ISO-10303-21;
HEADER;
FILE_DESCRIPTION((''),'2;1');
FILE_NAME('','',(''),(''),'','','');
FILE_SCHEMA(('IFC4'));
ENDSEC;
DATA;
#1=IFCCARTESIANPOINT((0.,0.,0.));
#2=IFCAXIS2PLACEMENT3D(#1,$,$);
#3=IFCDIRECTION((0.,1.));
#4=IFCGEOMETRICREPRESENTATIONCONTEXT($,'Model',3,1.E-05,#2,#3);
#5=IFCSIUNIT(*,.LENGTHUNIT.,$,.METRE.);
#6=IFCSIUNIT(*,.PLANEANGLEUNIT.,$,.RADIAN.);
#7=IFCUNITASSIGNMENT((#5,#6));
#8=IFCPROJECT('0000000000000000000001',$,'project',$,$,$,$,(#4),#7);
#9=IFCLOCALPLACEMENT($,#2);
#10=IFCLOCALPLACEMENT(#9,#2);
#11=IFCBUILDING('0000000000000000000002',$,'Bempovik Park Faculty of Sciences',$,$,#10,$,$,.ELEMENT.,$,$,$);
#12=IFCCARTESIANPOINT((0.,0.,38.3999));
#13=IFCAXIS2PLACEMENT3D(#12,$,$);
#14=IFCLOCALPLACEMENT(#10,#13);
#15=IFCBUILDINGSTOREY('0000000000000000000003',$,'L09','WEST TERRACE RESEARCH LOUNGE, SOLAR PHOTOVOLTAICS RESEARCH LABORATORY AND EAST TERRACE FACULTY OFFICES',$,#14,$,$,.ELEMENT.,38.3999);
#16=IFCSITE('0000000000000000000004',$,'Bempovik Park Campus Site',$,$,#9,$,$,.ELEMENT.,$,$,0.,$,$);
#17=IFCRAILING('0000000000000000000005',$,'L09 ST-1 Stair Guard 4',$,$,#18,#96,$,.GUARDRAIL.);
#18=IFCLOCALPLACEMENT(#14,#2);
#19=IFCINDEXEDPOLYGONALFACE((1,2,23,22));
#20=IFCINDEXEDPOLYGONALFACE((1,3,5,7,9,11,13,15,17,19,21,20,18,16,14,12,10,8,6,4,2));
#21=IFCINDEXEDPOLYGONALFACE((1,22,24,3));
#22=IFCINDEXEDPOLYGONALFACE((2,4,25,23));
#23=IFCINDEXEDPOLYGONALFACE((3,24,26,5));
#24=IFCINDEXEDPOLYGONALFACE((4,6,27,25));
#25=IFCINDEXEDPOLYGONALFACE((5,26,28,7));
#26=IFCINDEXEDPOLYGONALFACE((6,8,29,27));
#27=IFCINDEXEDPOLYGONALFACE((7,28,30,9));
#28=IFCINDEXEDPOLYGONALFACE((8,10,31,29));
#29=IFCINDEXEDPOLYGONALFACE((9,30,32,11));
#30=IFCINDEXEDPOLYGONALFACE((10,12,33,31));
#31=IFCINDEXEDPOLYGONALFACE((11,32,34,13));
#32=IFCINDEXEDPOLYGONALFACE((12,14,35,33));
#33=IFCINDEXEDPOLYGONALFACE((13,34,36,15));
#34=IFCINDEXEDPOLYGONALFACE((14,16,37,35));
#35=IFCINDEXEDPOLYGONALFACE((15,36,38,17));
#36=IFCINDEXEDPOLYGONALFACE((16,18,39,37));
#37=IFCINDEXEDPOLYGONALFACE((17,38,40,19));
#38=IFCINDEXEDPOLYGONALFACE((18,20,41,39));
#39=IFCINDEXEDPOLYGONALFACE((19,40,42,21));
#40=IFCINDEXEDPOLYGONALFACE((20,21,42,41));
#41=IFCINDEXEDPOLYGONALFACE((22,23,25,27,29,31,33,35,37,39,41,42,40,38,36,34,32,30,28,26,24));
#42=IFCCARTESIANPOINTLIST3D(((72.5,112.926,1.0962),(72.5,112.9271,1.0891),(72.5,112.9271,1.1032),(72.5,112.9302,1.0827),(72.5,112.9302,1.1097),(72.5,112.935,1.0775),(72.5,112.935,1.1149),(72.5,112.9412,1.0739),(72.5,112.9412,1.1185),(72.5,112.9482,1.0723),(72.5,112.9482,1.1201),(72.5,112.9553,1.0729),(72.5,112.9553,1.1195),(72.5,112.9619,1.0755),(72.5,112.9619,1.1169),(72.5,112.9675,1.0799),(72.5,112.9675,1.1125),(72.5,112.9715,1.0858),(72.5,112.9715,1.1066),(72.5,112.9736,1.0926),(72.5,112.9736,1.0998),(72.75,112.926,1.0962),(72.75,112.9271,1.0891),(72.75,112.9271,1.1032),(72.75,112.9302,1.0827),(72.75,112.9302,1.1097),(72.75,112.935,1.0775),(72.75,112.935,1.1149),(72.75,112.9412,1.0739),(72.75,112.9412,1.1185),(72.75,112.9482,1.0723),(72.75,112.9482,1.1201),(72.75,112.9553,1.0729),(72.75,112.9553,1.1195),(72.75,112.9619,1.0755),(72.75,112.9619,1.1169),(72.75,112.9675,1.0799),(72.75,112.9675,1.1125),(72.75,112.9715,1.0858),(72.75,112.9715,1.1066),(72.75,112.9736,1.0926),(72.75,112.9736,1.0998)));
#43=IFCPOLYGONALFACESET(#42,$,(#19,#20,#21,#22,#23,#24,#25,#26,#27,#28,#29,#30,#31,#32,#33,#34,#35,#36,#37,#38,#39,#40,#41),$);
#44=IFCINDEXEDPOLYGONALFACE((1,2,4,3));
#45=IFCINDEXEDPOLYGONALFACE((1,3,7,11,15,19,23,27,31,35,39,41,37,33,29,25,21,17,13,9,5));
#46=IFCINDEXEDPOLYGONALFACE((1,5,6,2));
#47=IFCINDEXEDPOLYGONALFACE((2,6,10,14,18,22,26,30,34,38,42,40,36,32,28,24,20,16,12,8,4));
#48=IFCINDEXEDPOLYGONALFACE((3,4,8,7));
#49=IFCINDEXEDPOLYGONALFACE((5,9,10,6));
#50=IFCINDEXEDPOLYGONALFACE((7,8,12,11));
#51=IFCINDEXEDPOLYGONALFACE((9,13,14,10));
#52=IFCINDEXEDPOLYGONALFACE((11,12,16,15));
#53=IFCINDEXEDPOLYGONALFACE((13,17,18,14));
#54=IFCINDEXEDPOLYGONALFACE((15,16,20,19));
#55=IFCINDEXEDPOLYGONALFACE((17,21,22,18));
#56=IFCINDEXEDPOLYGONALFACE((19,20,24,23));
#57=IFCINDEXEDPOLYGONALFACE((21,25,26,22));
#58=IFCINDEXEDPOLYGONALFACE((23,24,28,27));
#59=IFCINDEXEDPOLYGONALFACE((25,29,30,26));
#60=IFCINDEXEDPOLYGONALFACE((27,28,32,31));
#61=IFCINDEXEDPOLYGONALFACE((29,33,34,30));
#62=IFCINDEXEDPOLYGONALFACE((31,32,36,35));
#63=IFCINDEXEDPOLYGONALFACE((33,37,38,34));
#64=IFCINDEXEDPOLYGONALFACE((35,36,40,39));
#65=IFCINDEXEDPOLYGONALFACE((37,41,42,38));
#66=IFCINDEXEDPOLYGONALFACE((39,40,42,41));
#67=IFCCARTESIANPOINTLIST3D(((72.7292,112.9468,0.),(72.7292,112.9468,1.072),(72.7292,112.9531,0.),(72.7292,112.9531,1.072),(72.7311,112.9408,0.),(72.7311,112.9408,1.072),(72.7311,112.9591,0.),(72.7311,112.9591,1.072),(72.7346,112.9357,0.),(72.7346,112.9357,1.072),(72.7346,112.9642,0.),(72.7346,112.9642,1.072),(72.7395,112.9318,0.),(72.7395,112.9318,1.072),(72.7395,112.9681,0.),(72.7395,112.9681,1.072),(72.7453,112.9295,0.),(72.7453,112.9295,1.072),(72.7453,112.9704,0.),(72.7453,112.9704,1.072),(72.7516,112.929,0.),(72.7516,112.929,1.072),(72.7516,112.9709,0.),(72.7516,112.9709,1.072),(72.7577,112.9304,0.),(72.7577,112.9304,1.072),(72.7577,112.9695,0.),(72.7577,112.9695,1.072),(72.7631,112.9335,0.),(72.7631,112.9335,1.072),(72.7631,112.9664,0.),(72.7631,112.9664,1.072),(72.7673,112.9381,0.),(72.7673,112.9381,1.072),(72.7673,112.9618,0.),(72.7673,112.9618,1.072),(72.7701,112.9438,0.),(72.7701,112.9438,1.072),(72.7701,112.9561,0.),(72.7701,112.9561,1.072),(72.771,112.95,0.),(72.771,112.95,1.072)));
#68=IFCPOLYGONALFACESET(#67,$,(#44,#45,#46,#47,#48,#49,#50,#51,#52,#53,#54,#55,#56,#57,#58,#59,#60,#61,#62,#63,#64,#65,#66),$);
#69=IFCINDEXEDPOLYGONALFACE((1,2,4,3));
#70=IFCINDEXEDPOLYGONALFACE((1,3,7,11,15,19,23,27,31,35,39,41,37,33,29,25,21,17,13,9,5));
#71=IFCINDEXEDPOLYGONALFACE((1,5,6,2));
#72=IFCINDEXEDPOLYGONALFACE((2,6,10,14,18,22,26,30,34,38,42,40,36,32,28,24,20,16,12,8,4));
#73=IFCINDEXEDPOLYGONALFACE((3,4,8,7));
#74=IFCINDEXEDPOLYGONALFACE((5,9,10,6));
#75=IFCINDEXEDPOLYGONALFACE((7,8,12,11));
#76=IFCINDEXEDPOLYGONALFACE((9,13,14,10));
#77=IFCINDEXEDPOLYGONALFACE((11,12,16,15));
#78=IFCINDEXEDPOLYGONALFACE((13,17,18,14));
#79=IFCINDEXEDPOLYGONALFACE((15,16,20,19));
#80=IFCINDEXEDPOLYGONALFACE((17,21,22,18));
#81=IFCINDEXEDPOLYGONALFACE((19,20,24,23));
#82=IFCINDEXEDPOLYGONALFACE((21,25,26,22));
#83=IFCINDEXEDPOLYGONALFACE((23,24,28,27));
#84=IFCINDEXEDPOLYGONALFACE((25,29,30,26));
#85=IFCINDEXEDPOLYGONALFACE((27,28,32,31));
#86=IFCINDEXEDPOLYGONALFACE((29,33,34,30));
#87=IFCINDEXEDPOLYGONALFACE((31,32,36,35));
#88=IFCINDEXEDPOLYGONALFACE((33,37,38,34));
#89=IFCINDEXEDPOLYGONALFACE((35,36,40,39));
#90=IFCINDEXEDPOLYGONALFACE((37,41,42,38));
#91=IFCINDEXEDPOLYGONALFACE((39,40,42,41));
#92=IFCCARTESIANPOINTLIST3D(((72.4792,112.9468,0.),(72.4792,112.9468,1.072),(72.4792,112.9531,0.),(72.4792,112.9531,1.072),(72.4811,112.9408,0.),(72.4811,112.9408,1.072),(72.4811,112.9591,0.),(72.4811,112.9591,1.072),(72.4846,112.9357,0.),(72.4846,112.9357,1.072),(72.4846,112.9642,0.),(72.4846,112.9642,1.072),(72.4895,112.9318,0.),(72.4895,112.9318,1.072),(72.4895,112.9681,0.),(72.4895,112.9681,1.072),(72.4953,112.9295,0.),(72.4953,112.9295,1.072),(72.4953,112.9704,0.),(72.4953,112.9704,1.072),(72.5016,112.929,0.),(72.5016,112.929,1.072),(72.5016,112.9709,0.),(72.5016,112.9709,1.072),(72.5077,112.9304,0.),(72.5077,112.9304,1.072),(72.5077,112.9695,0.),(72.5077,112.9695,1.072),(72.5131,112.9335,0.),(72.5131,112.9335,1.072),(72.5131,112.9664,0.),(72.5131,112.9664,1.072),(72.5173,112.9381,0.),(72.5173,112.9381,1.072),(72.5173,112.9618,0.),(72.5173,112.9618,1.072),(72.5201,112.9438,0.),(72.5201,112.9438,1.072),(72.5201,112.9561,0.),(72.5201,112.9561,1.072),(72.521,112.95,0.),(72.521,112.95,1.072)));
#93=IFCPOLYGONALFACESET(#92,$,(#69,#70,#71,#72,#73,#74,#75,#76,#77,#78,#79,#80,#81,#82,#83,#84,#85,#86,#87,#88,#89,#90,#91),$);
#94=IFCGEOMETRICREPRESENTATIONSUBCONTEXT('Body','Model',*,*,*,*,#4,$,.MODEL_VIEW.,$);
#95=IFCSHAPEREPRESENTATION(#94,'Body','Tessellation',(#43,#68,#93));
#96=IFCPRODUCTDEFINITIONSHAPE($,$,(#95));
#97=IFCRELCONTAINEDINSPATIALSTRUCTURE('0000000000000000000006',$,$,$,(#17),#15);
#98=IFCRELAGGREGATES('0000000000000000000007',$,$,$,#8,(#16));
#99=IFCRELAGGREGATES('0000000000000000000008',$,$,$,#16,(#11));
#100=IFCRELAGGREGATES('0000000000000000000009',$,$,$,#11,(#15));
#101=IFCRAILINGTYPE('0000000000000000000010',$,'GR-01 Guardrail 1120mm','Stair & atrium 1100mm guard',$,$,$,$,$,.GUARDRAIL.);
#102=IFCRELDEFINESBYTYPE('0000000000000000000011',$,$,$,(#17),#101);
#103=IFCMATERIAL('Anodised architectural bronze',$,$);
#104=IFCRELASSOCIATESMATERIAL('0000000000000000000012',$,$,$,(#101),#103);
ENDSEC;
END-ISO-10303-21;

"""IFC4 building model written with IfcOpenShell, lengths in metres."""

from ifc_helpers import new_model, si_unit, direction, frame, origin, origin_2d, place, context, subcontext, project, spatial, circle, extrude, material, type_object, element, save


model = new_model("IFC4")

# Units and contexts
model_context = context("Model", 3, precision=1e-05, world=origin(), true_north=direction((0.0, 1.0)))
body_context = subcontext(model_context, "Body", "Model", "MODEL_VIEW")
ifc_project = project(units=[si_unit("LENGTHUNIT", "METRE"), si_unit("PLANEANGLEUNIT", "RADIAN")], contexts=[model_context])

# Site, building, storey
site_placement = place(None, origin())
site = spatial("IfcSite", under=ifc_project, at=site_placement, Name="Bempovik Park Campus Site", CompositionType="ELEMENT", RefElevation=0.0)
building_placement = place(site_placement, origin())
building = spatial("IfcBuilding", under=site, at=building_placement, Name="Bempovik Park Faculty of Sciences", CompositionType="ELEMENT")
storey_placement = place(building_placement, frame((0.0, 0.0, 38.3999)))
storey = spatial("IfcBuildingStorey", under=building, at=storey_placement, Name="L09", Description="WEST TERRACE RESEARCH LOUNGE, SOLAR PHOTOVOLTAICS RESEARCH LABORATORY AND EAST TERRACE FACULTY OFFICES", CompositionType="ELEMENT", Elevation=38.3999)

# Railing
ifc_material_1 = material(Name="Anodised architectural bronze")
railing_type_1 = type_object("IfcRailingType", Name="GR-01 Guardrail 1120mm", Description="Stair & atrium 1100mm guard", PredefinedType="GUARDRAIL", material=ifc_material_1)
railing_1_placement = place(storey_placement, frame((72.75, 112.95, 0.0)))
element("IfcRailing", 1, at=railing_1_placement, inside=storey, type_object=railing_type_1, Name="L09 ST-1 Stair Guard 4", PredefinedType="GUARDRAIL", context=body_context, shape_type="SweptSolid", body=[
    extrude(circle(Radius=0.0239, at=origin_2d()), frame((0.0, 0.0, 1.0962), z_axis=(-1.0, 0.0, 0.0), x_axis=(0.0, -1.0, 0.0)), (0.0, 0.0, 1.0), 0.25),
    extrude(circle(Radius=0.021, at=origin_2d()), origin(), (0.0, 0.0, 1.0), 1.072),
    extrude(circle(Radius=0.021, at=origin_2d()), frame((-0.25, 0.0, 0.0)), (0.0, 0.0, 1.0), 1.072),
])

save(model, "model.ifc")
